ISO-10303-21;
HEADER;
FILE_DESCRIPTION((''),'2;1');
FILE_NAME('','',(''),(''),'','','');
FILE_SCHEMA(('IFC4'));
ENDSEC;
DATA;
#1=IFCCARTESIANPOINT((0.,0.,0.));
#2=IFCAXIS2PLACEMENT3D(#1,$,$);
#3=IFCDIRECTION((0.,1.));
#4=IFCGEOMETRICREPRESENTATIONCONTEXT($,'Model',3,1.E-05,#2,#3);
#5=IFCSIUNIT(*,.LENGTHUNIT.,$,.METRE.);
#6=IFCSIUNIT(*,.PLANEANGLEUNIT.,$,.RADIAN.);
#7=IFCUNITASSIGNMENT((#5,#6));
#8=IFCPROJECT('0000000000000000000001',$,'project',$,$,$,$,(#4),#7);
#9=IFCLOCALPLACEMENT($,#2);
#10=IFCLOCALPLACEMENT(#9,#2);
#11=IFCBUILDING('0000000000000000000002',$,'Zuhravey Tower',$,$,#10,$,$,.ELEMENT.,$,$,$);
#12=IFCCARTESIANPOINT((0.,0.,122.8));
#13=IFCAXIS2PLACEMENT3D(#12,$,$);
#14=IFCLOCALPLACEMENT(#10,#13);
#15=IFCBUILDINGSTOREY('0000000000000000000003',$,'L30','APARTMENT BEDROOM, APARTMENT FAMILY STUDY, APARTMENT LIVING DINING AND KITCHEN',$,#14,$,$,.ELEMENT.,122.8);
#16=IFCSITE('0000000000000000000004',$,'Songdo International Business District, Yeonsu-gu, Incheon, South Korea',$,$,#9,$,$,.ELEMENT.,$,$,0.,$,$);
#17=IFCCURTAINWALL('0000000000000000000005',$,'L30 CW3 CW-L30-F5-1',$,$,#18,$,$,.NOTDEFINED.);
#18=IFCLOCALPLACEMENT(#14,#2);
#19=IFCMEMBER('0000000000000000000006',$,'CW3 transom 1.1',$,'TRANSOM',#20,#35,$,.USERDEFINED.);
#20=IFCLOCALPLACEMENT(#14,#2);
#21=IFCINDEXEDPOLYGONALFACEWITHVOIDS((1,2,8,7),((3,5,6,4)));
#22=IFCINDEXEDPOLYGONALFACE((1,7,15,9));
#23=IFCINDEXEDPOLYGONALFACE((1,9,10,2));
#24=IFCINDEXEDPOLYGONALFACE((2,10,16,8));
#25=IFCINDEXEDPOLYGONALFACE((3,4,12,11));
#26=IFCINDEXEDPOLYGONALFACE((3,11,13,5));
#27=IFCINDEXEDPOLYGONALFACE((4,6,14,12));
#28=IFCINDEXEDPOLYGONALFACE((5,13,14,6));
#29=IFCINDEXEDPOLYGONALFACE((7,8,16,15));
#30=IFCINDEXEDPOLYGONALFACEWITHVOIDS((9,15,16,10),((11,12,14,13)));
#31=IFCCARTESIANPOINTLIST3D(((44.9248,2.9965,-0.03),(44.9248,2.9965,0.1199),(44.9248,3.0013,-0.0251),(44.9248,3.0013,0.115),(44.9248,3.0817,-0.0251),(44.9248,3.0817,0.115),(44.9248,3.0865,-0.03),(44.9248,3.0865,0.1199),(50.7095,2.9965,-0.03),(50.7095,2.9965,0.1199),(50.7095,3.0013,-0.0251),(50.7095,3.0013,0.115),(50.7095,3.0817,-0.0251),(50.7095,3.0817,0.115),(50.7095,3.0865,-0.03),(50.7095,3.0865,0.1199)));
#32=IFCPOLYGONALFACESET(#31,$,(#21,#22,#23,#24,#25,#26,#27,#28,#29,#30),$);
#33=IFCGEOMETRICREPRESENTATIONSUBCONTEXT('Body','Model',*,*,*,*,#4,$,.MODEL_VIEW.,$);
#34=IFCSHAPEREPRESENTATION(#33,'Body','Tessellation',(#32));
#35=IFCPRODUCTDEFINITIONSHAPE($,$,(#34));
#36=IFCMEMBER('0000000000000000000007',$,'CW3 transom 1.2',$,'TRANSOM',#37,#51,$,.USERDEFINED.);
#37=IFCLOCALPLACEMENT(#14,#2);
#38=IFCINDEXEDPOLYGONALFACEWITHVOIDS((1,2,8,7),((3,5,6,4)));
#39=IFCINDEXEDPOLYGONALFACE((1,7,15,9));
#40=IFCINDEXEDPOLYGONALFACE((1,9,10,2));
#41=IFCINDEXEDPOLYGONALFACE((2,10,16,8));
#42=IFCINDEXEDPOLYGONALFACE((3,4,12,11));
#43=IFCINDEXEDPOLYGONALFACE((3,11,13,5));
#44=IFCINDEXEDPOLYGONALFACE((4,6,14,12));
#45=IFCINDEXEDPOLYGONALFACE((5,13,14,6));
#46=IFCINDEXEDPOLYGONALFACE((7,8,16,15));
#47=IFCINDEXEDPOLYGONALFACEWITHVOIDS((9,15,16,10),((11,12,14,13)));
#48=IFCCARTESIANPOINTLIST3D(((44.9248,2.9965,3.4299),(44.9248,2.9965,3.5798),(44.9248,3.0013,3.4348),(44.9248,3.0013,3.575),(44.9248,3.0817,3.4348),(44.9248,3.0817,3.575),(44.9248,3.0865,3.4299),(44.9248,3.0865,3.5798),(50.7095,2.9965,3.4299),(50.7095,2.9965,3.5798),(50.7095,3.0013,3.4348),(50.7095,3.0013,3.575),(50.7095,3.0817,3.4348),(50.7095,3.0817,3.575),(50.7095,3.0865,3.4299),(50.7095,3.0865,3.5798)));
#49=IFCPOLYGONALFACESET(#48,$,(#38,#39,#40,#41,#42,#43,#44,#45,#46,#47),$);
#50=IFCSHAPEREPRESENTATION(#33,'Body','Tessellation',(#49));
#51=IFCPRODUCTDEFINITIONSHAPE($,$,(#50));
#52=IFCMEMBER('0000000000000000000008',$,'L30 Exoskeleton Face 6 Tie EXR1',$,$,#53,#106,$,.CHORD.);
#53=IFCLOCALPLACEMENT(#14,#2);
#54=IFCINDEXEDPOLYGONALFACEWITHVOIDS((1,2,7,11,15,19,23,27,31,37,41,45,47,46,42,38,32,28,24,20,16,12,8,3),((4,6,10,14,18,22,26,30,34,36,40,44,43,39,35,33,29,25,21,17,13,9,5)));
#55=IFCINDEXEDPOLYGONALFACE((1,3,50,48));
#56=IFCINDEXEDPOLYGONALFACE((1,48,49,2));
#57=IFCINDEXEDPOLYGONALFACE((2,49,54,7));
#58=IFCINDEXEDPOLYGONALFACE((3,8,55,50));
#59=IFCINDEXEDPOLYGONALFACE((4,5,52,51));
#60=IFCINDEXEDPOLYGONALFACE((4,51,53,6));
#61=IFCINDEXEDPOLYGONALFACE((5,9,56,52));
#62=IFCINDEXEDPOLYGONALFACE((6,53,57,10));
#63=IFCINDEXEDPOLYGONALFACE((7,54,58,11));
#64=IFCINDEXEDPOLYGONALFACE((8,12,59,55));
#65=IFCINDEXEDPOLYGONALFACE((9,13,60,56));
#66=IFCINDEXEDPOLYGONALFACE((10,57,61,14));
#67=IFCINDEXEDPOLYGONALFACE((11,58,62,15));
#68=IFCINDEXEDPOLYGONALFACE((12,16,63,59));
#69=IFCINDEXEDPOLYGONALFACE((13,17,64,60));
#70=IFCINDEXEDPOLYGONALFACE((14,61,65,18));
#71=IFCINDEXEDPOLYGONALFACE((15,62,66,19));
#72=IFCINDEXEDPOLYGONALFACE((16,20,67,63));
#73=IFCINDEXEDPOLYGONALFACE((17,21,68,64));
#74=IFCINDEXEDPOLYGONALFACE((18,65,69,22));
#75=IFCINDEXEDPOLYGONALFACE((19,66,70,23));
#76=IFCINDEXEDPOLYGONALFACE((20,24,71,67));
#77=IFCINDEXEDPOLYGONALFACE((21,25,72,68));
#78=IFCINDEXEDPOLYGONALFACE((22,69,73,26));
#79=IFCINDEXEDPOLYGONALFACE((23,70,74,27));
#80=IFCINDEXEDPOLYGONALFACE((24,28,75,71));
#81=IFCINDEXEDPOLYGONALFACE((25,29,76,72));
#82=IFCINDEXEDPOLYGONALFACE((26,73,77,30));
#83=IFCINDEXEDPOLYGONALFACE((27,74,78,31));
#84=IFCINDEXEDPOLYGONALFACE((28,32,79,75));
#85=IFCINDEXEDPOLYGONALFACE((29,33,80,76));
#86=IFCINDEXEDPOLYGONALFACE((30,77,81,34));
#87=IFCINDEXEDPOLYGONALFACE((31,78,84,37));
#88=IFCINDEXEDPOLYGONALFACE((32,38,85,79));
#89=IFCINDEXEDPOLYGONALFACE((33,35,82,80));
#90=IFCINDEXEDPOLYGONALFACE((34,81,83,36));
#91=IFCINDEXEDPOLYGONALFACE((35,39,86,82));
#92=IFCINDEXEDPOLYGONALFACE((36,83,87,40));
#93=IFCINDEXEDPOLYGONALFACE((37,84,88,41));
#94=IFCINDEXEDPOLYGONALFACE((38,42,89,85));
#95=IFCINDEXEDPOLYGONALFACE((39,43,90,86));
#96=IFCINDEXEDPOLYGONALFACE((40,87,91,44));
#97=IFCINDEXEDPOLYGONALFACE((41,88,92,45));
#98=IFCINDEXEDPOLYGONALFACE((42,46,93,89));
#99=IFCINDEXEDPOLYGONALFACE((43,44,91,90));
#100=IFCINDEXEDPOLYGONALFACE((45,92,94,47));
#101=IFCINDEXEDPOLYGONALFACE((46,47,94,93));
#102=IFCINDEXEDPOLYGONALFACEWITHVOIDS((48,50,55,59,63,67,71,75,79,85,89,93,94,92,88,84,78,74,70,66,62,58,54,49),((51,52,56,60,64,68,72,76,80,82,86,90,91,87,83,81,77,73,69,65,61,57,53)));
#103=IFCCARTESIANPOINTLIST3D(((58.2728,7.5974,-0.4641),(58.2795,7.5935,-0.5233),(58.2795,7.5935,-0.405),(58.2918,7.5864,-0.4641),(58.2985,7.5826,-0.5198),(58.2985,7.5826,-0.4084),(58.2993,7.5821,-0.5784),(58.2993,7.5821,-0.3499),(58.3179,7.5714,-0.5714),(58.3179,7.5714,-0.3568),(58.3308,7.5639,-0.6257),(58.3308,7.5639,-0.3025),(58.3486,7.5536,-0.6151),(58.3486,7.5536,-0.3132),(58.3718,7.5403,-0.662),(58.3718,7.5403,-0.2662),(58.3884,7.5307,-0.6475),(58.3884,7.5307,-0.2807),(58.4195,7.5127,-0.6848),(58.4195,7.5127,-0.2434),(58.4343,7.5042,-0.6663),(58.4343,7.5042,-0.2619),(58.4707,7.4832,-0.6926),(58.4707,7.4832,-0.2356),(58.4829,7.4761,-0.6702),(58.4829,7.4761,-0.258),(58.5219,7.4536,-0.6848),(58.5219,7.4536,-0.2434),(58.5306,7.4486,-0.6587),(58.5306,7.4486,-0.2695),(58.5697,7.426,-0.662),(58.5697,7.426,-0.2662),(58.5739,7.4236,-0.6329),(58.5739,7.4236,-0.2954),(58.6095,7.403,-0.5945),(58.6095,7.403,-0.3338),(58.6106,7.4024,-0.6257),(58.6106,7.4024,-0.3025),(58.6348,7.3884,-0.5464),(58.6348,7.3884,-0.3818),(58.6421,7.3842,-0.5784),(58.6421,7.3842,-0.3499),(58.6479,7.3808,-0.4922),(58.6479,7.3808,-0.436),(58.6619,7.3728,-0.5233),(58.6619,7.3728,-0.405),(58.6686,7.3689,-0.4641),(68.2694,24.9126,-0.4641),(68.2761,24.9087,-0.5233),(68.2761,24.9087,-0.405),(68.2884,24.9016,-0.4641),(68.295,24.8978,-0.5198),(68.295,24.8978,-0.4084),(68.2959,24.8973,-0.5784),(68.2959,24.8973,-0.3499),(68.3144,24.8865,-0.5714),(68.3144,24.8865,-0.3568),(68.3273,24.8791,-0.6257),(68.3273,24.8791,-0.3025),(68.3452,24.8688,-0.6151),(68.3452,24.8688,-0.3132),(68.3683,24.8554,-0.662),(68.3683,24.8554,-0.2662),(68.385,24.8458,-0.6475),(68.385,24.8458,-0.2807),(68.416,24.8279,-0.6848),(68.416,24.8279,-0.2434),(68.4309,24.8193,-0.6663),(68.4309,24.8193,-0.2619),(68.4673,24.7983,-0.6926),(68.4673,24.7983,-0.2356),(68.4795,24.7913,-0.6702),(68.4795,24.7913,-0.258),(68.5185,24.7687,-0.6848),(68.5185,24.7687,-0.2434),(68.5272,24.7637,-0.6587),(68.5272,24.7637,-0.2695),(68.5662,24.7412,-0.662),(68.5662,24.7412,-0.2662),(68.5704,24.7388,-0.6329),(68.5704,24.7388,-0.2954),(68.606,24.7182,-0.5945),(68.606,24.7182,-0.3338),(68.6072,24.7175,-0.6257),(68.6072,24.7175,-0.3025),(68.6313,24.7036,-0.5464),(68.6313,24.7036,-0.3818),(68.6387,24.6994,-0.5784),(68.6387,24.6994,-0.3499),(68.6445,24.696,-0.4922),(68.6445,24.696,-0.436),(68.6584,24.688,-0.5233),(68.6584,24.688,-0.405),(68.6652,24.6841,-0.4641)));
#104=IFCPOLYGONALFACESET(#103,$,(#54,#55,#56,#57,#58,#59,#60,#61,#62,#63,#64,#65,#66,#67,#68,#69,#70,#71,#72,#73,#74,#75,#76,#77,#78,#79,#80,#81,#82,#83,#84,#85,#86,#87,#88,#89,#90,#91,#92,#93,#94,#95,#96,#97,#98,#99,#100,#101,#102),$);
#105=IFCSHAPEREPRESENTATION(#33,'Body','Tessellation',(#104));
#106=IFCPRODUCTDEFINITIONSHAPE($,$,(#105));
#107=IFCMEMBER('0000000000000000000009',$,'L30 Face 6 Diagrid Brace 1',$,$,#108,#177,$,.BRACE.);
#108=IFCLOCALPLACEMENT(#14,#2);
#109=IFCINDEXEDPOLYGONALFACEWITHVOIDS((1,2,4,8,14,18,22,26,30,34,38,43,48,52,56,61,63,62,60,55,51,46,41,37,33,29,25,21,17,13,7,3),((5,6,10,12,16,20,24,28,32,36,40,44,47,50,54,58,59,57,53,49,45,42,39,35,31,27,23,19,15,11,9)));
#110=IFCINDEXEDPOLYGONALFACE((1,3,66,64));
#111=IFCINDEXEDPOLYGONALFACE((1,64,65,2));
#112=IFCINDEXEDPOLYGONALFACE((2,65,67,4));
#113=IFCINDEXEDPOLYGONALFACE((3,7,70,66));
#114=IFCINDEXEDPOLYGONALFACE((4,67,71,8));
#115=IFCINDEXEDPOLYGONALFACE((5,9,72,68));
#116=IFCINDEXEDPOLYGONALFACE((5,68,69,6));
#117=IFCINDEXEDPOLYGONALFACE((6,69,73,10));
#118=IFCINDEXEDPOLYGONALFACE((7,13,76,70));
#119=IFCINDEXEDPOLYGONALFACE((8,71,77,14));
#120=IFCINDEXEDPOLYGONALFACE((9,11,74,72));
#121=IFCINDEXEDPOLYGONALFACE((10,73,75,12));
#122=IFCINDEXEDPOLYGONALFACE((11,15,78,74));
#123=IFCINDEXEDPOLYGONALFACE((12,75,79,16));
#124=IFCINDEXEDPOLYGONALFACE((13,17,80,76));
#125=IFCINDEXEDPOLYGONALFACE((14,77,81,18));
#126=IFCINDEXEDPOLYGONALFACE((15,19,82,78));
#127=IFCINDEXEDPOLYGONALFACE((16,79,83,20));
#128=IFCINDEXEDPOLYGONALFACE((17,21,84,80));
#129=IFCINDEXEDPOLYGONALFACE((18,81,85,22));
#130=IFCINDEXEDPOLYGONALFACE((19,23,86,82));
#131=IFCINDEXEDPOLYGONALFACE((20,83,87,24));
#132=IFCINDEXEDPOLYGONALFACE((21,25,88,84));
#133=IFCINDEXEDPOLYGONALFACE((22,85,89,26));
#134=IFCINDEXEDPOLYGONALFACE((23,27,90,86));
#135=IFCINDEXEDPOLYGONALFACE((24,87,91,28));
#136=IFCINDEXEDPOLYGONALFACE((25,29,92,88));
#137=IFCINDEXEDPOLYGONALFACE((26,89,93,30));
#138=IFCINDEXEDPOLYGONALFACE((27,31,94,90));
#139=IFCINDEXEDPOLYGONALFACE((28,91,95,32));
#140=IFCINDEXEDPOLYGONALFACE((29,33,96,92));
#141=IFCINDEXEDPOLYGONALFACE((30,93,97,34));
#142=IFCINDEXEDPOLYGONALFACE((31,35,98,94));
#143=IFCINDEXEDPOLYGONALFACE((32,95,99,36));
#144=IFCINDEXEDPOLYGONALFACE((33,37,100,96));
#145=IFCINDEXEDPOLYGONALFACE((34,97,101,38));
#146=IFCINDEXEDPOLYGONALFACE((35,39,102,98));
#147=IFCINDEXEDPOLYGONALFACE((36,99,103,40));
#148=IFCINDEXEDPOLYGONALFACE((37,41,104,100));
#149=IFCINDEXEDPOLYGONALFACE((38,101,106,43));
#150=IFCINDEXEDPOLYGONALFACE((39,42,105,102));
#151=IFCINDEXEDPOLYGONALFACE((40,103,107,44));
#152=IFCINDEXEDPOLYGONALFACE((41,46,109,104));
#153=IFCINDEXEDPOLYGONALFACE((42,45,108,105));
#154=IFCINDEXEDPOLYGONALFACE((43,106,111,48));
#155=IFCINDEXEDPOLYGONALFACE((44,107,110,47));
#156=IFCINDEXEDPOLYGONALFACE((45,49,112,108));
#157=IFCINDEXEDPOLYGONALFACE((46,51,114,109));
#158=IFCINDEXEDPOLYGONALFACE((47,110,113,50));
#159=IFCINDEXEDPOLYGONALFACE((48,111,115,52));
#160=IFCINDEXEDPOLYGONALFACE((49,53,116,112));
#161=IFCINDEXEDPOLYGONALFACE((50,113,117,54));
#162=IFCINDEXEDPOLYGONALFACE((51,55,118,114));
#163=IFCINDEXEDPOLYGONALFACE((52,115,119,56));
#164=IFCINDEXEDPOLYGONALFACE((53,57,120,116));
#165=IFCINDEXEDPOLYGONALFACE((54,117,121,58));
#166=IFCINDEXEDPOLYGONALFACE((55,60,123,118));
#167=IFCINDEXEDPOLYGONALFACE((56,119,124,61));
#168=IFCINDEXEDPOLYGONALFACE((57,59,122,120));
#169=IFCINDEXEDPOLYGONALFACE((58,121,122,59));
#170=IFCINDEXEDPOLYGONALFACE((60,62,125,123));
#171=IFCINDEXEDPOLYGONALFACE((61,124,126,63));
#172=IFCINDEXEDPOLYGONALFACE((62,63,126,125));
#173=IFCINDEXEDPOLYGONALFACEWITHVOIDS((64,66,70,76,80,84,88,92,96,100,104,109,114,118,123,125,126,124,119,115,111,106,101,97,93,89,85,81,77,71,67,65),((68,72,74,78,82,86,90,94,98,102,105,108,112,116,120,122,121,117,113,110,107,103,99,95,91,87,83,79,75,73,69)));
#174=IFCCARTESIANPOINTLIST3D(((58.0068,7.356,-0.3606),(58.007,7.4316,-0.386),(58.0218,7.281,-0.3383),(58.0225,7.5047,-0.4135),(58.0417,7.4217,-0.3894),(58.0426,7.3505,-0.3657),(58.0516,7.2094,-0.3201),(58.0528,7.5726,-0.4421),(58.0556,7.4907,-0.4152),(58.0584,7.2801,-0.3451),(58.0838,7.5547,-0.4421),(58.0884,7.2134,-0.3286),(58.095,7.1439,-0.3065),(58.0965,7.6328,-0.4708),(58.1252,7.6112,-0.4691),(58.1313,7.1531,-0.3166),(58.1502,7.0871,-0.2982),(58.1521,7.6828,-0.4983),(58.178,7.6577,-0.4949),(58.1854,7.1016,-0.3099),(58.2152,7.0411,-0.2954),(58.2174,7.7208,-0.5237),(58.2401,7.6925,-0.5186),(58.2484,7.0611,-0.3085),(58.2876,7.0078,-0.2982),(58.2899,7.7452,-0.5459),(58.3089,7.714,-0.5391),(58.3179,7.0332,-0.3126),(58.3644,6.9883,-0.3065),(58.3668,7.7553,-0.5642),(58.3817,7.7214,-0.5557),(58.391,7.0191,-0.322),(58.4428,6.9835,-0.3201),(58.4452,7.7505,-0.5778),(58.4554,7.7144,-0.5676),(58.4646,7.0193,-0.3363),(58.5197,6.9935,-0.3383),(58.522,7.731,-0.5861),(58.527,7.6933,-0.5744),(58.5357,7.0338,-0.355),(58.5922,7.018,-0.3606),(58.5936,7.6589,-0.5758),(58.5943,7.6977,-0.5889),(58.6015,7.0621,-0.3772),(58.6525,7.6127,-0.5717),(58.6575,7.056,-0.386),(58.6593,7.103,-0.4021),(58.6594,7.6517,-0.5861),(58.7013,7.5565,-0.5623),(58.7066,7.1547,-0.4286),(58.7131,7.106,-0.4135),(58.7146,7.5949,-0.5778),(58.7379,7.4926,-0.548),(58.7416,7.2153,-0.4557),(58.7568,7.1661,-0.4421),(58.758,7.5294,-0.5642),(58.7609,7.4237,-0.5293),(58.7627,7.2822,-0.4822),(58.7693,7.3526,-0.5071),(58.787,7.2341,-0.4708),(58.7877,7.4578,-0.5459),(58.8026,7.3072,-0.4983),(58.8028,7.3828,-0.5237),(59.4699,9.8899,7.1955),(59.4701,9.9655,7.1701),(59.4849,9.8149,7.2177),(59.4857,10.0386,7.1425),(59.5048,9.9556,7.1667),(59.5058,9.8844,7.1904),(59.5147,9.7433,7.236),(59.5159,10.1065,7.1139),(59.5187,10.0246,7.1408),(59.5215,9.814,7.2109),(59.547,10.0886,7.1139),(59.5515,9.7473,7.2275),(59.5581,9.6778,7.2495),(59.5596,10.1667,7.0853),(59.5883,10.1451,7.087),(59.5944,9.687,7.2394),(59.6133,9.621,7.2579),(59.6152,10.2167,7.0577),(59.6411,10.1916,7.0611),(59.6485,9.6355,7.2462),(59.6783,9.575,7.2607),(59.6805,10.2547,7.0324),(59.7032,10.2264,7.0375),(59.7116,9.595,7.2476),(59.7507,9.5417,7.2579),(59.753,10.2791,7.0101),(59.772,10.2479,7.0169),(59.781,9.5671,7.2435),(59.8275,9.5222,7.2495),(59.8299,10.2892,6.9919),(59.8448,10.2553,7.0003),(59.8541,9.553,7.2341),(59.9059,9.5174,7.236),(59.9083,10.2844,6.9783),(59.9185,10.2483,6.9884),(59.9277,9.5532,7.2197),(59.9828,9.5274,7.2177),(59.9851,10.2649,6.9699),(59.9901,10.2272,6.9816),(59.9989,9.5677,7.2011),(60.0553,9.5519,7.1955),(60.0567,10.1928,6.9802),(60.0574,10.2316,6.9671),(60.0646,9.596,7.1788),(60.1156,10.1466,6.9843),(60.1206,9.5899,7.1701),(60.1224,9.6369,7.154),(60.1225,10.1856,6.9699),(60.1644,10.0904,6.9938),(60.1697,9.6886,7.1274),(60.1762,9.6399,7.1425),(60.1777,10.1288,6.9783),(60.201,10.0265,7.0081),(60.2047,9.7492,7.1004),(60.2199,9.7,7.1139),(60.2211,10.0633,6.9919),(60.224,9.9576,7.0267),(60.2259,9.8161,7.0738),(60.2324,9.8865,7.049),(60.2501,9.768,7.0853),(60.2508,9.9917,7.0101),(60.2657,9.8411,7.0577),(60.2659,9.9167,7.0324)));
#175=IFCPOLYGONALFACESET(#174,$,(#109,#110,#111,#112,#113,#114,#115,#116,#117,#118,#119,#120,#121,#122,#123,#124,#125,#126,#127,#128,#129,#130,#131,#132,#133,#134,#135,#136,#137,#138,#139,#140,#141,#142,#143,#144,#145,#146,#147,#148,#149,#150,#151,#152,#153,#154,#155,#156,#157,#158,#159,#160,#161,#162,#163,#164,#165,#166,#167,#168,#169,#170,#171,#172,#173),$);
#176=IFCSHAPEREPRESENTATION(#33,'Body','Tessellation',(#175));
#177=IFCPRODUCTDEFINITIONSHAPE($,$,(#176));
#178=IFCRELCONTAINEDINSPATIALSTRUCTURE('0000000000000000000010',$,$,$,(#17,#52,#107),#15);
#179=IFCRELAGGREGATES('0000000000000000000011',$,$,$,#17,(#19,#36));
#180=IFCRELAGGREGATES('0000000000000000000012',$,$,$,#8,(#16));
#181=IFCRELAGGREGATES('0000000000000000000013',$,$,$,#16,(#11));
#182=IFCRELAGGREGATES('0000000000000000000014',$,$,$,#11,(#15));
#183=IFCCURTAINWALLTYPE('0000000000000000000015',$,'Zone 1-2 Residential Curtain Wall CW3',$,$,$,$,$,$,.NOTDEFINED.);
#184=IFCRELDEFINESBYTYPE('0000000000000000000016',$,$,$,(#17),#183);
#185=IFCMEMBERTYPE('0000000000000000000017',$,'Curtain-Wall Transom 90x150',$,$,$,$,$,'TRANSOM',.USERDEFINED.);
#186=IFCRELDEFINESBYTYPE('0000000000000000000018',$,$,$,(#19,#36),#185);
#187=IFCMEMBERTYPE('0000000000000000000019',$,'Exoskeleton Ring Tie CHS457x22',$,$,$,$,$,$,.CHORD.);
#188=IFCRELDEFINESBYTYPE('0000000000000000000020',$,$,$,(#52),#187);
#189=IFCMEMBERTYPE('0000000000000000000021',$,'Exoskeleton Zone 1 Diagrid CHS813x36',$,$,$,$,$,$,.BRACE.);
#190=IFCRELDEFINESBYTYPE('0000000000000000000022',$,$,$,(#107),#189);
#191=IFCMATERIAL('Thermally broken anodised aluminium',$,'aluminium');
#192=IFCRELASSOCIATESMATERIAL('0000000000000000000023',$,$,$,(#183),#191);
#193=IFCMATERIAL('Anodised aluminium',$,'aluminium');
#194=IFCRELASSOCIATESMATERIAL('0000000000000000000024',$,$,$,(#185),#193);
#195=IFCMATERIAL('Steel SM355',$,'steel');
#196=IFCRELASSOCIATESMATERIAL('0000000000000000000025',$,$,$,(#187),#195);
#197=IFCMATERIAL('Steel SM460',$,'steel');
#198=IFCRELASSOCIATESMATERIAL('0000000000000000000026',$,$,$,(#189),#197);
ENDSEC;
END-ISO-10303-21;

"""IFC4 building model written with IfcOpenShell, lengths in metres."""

from ifc_helpers import new_model, si_unit, direction, frame, origin, origin_2d, place, context, subcontext, project, spatial, hollow_rectangle, hollow_circle, extrude, material, material_profile, profile_set, type_object, element, aggregate, save


model = new_model("IFC4")

# Units and contexts
model_context = context("Model", 3, precision=1e-05, world=origin(), true_north=direction((0.0, 1.0)))
body_context = subcontext(model_context, "Body", "Model", "MODEL_VIEW")
ifc_project = project(units=[si_unit("LENGTHUNIT", "METRE"), si_unit("PLANEANGLEUNIT", "RADIAN")], contexts=[model_context])

# Site, building, storey
site_placement = place(None, origin())
site = spatial("IfcSite", under=ifc_project, at=site_placement, Name="Songdo International Business District, Yeonsu-gu, Incheon, South Korea", CompositionType="ELEMENT", RefElevation=0.0)
building_placement = place(site_placement, origin())
building = spatial("IfcBuilding", under=site, at=building_placement, Name="Zuhravey Tower", CompositionType="ELEMENT")
storey_placement = place(building_placement, frame((0.0, 0.0, 122.8)))
storey = spatial("IfcBuildingStorey", under=building, at=storey_placement, Name="L30", Description="APARTMENT BEDROOM, APARTMENT FAMILY STUDY, APARTMENT LIVING DINING AND KITCHEN", CompositionType="ELEMENT", Elevation=122.8)

# Shared definitions
ifc_material_1 = material(Name="Thermally broken anodised aluminium", Category="aluminium")
curtain_wall_type = type_object("IfcCurtainWallType", Name="Zone 1-2 Residential Curtain Wall CW3", PredefinedType="NOTDEFINED", material=ifc_material_1)
ifc_material_2 = material(Name="Anodised aluminium", Category="aluminium")

# Curtain wall
curtain_wall_1_placement = place(storey_placement, origin())
curtain_wall_1 = element("IfcCurtainWall", 1, at=curtain_wall_1_placement, inside=storey, type_object=curtain_wall_type, Name="L30 CW3 CW-L30-F5-1", PredefinedType="NOTDEFINED")

# Members
ifc_material_profile_1 = material_profile(ifc_material_2, hollow_rectangle(XDim=0.0901, YDim=0.1499, WallThickness=0.0049, at=origin_2d()), Name="ALU-RHS-90x150x5")
ifc_profile_set_1 = profile_set([ifc_material_profile_1], Name="Anodised aluminium")
member_type_1 = type_object("IfcMemberType", Name="Curtain-Wall Transom 90x150", ElementType="TRANSOM", PredefinedType="USERDEFINED", material=ifc_profile_set_1)
member_1_placement = place(storey_placement, frame((50.7095, 3.0415, 0.0449), z_axis=(-1.0, 0.0, 0.0), x_axis=(0.0, -1.0, 0.0)))
member_1 = element("IfcMember", 2, at=member_1_placement, type_object=member_type_1, Name="CW3 transom 1.1", ObjectType="TRANSOM", PredefinedType="USERDEFINED", context=body_context, shape_type="SweptSolid", body=[
    extrude(hollow_rectangle(XDim=0.0901, YDim=0.1499, WallThickness=0.0049, at=origin_2d()), origin(), (0.0, 0.0, 1.0), 5.7847),
])
member_2_placement = place(storey_placement, frame((50.7095, 3.0415, 3.5049), z_axis=(-1.0, 0.0, 0.0), x_axis=(0.0, -1.0, 0.0)))
member_2 = element("IfcMember", 3, at=member_2_placement, type_object=member_type_1, Name="CW3 transom 1.2", ObjectType="TRANSOM", PredefinedType="USERDEFINED", context=body_context, shape_type="SweptSolid", body=[
    extrude(hollow_rectangle(XDim=0.0901, YDim=0.1499, WallThickness=0.0049, at=origin_2d()), origin(), (0.0, 0.0, 1.0), 5.7847),
])
aggregate(curtain_wall_1, [member_1, member_2])

# Members
ifc_material_3 = material(Name="Steel SM355", Category="steel")
ifc_material_profile_2 = material_profile(ifc_material_3, hollow_circle(Radius=0.2285, WallThickness=0.022, at=origin_2d()), Name="CHS-457.2x22")
ifc_profile_set_2 = profile_set([ifc_material_profile_2], Name="Steel SM355")
member_type_2 = type_object("IfcMemberType", Name="Exoskeleton Ring Tie CHS457x22", PredefinedType="CHORD", material=ifc_profile_set_2)
member_3_placement = place(storey_placement, frame((58.4707, 7.4832, -0.4641), z_axis=(0.499987, 0.866033, 0.0), x_axis=(-0.866033, 0.499987, 0.0)))
element("IfcMember", 4, at=member_3_placement, inside=storey, type_object=member_type_2, Name="L30 Exoskeleton Face 6 Tie EXR1", PredefinedType="CHORD", context=body_context, shape_type="SweptSolid", body=[
    extrude(hollow_circle(Radius=0.2285, WallThickness=0.022, at=origin_2d()), origin(), (0.0, 0.0, 1.0), 19.9937),
])
ifc_material_4 = material(Name="Steel SM460", Category="steel")
ifc_material_profile_3 = material_profile(ifc_material_4, hollow_circle(Radius=0.4065, WallThickness=0.0359, at=origin_2d()), Name="CHS-812.8x36")
ifc_profile_set_3 = profile_set([ifc_material_profile_3], Name="Steel SM460")
member_type_3 = type_object("IfcMemberType", Name="Exoskeleton Zone 1 Diagrid CHS813x36", PredefinedType="BRACE", material=ifc_profile_set_3)
member_4_placement = place(storey_placement, frame((58.4048, 7.3694, -0.4421), z_axis=(0.180569, 0.312719, 0.932524), x_axis=(-0.866001, 0.500043, 0.0)))
element("IfcMember", 5, at=member_4_placement, inside=storey, type_object=member_type_3, Name="L30 Face 6 Diagrid Brace 1", PredefinedType="BRACE", context=body_context, shape_type="SweptSolid", body=[
    extrude(hollow_circle(Radius=0.4065, WallThickness=0.0359, at=origin_2d()), origin(), (0.0, 0.0, 1.0), 8.1028),
])

save(model, "model.ifc")
